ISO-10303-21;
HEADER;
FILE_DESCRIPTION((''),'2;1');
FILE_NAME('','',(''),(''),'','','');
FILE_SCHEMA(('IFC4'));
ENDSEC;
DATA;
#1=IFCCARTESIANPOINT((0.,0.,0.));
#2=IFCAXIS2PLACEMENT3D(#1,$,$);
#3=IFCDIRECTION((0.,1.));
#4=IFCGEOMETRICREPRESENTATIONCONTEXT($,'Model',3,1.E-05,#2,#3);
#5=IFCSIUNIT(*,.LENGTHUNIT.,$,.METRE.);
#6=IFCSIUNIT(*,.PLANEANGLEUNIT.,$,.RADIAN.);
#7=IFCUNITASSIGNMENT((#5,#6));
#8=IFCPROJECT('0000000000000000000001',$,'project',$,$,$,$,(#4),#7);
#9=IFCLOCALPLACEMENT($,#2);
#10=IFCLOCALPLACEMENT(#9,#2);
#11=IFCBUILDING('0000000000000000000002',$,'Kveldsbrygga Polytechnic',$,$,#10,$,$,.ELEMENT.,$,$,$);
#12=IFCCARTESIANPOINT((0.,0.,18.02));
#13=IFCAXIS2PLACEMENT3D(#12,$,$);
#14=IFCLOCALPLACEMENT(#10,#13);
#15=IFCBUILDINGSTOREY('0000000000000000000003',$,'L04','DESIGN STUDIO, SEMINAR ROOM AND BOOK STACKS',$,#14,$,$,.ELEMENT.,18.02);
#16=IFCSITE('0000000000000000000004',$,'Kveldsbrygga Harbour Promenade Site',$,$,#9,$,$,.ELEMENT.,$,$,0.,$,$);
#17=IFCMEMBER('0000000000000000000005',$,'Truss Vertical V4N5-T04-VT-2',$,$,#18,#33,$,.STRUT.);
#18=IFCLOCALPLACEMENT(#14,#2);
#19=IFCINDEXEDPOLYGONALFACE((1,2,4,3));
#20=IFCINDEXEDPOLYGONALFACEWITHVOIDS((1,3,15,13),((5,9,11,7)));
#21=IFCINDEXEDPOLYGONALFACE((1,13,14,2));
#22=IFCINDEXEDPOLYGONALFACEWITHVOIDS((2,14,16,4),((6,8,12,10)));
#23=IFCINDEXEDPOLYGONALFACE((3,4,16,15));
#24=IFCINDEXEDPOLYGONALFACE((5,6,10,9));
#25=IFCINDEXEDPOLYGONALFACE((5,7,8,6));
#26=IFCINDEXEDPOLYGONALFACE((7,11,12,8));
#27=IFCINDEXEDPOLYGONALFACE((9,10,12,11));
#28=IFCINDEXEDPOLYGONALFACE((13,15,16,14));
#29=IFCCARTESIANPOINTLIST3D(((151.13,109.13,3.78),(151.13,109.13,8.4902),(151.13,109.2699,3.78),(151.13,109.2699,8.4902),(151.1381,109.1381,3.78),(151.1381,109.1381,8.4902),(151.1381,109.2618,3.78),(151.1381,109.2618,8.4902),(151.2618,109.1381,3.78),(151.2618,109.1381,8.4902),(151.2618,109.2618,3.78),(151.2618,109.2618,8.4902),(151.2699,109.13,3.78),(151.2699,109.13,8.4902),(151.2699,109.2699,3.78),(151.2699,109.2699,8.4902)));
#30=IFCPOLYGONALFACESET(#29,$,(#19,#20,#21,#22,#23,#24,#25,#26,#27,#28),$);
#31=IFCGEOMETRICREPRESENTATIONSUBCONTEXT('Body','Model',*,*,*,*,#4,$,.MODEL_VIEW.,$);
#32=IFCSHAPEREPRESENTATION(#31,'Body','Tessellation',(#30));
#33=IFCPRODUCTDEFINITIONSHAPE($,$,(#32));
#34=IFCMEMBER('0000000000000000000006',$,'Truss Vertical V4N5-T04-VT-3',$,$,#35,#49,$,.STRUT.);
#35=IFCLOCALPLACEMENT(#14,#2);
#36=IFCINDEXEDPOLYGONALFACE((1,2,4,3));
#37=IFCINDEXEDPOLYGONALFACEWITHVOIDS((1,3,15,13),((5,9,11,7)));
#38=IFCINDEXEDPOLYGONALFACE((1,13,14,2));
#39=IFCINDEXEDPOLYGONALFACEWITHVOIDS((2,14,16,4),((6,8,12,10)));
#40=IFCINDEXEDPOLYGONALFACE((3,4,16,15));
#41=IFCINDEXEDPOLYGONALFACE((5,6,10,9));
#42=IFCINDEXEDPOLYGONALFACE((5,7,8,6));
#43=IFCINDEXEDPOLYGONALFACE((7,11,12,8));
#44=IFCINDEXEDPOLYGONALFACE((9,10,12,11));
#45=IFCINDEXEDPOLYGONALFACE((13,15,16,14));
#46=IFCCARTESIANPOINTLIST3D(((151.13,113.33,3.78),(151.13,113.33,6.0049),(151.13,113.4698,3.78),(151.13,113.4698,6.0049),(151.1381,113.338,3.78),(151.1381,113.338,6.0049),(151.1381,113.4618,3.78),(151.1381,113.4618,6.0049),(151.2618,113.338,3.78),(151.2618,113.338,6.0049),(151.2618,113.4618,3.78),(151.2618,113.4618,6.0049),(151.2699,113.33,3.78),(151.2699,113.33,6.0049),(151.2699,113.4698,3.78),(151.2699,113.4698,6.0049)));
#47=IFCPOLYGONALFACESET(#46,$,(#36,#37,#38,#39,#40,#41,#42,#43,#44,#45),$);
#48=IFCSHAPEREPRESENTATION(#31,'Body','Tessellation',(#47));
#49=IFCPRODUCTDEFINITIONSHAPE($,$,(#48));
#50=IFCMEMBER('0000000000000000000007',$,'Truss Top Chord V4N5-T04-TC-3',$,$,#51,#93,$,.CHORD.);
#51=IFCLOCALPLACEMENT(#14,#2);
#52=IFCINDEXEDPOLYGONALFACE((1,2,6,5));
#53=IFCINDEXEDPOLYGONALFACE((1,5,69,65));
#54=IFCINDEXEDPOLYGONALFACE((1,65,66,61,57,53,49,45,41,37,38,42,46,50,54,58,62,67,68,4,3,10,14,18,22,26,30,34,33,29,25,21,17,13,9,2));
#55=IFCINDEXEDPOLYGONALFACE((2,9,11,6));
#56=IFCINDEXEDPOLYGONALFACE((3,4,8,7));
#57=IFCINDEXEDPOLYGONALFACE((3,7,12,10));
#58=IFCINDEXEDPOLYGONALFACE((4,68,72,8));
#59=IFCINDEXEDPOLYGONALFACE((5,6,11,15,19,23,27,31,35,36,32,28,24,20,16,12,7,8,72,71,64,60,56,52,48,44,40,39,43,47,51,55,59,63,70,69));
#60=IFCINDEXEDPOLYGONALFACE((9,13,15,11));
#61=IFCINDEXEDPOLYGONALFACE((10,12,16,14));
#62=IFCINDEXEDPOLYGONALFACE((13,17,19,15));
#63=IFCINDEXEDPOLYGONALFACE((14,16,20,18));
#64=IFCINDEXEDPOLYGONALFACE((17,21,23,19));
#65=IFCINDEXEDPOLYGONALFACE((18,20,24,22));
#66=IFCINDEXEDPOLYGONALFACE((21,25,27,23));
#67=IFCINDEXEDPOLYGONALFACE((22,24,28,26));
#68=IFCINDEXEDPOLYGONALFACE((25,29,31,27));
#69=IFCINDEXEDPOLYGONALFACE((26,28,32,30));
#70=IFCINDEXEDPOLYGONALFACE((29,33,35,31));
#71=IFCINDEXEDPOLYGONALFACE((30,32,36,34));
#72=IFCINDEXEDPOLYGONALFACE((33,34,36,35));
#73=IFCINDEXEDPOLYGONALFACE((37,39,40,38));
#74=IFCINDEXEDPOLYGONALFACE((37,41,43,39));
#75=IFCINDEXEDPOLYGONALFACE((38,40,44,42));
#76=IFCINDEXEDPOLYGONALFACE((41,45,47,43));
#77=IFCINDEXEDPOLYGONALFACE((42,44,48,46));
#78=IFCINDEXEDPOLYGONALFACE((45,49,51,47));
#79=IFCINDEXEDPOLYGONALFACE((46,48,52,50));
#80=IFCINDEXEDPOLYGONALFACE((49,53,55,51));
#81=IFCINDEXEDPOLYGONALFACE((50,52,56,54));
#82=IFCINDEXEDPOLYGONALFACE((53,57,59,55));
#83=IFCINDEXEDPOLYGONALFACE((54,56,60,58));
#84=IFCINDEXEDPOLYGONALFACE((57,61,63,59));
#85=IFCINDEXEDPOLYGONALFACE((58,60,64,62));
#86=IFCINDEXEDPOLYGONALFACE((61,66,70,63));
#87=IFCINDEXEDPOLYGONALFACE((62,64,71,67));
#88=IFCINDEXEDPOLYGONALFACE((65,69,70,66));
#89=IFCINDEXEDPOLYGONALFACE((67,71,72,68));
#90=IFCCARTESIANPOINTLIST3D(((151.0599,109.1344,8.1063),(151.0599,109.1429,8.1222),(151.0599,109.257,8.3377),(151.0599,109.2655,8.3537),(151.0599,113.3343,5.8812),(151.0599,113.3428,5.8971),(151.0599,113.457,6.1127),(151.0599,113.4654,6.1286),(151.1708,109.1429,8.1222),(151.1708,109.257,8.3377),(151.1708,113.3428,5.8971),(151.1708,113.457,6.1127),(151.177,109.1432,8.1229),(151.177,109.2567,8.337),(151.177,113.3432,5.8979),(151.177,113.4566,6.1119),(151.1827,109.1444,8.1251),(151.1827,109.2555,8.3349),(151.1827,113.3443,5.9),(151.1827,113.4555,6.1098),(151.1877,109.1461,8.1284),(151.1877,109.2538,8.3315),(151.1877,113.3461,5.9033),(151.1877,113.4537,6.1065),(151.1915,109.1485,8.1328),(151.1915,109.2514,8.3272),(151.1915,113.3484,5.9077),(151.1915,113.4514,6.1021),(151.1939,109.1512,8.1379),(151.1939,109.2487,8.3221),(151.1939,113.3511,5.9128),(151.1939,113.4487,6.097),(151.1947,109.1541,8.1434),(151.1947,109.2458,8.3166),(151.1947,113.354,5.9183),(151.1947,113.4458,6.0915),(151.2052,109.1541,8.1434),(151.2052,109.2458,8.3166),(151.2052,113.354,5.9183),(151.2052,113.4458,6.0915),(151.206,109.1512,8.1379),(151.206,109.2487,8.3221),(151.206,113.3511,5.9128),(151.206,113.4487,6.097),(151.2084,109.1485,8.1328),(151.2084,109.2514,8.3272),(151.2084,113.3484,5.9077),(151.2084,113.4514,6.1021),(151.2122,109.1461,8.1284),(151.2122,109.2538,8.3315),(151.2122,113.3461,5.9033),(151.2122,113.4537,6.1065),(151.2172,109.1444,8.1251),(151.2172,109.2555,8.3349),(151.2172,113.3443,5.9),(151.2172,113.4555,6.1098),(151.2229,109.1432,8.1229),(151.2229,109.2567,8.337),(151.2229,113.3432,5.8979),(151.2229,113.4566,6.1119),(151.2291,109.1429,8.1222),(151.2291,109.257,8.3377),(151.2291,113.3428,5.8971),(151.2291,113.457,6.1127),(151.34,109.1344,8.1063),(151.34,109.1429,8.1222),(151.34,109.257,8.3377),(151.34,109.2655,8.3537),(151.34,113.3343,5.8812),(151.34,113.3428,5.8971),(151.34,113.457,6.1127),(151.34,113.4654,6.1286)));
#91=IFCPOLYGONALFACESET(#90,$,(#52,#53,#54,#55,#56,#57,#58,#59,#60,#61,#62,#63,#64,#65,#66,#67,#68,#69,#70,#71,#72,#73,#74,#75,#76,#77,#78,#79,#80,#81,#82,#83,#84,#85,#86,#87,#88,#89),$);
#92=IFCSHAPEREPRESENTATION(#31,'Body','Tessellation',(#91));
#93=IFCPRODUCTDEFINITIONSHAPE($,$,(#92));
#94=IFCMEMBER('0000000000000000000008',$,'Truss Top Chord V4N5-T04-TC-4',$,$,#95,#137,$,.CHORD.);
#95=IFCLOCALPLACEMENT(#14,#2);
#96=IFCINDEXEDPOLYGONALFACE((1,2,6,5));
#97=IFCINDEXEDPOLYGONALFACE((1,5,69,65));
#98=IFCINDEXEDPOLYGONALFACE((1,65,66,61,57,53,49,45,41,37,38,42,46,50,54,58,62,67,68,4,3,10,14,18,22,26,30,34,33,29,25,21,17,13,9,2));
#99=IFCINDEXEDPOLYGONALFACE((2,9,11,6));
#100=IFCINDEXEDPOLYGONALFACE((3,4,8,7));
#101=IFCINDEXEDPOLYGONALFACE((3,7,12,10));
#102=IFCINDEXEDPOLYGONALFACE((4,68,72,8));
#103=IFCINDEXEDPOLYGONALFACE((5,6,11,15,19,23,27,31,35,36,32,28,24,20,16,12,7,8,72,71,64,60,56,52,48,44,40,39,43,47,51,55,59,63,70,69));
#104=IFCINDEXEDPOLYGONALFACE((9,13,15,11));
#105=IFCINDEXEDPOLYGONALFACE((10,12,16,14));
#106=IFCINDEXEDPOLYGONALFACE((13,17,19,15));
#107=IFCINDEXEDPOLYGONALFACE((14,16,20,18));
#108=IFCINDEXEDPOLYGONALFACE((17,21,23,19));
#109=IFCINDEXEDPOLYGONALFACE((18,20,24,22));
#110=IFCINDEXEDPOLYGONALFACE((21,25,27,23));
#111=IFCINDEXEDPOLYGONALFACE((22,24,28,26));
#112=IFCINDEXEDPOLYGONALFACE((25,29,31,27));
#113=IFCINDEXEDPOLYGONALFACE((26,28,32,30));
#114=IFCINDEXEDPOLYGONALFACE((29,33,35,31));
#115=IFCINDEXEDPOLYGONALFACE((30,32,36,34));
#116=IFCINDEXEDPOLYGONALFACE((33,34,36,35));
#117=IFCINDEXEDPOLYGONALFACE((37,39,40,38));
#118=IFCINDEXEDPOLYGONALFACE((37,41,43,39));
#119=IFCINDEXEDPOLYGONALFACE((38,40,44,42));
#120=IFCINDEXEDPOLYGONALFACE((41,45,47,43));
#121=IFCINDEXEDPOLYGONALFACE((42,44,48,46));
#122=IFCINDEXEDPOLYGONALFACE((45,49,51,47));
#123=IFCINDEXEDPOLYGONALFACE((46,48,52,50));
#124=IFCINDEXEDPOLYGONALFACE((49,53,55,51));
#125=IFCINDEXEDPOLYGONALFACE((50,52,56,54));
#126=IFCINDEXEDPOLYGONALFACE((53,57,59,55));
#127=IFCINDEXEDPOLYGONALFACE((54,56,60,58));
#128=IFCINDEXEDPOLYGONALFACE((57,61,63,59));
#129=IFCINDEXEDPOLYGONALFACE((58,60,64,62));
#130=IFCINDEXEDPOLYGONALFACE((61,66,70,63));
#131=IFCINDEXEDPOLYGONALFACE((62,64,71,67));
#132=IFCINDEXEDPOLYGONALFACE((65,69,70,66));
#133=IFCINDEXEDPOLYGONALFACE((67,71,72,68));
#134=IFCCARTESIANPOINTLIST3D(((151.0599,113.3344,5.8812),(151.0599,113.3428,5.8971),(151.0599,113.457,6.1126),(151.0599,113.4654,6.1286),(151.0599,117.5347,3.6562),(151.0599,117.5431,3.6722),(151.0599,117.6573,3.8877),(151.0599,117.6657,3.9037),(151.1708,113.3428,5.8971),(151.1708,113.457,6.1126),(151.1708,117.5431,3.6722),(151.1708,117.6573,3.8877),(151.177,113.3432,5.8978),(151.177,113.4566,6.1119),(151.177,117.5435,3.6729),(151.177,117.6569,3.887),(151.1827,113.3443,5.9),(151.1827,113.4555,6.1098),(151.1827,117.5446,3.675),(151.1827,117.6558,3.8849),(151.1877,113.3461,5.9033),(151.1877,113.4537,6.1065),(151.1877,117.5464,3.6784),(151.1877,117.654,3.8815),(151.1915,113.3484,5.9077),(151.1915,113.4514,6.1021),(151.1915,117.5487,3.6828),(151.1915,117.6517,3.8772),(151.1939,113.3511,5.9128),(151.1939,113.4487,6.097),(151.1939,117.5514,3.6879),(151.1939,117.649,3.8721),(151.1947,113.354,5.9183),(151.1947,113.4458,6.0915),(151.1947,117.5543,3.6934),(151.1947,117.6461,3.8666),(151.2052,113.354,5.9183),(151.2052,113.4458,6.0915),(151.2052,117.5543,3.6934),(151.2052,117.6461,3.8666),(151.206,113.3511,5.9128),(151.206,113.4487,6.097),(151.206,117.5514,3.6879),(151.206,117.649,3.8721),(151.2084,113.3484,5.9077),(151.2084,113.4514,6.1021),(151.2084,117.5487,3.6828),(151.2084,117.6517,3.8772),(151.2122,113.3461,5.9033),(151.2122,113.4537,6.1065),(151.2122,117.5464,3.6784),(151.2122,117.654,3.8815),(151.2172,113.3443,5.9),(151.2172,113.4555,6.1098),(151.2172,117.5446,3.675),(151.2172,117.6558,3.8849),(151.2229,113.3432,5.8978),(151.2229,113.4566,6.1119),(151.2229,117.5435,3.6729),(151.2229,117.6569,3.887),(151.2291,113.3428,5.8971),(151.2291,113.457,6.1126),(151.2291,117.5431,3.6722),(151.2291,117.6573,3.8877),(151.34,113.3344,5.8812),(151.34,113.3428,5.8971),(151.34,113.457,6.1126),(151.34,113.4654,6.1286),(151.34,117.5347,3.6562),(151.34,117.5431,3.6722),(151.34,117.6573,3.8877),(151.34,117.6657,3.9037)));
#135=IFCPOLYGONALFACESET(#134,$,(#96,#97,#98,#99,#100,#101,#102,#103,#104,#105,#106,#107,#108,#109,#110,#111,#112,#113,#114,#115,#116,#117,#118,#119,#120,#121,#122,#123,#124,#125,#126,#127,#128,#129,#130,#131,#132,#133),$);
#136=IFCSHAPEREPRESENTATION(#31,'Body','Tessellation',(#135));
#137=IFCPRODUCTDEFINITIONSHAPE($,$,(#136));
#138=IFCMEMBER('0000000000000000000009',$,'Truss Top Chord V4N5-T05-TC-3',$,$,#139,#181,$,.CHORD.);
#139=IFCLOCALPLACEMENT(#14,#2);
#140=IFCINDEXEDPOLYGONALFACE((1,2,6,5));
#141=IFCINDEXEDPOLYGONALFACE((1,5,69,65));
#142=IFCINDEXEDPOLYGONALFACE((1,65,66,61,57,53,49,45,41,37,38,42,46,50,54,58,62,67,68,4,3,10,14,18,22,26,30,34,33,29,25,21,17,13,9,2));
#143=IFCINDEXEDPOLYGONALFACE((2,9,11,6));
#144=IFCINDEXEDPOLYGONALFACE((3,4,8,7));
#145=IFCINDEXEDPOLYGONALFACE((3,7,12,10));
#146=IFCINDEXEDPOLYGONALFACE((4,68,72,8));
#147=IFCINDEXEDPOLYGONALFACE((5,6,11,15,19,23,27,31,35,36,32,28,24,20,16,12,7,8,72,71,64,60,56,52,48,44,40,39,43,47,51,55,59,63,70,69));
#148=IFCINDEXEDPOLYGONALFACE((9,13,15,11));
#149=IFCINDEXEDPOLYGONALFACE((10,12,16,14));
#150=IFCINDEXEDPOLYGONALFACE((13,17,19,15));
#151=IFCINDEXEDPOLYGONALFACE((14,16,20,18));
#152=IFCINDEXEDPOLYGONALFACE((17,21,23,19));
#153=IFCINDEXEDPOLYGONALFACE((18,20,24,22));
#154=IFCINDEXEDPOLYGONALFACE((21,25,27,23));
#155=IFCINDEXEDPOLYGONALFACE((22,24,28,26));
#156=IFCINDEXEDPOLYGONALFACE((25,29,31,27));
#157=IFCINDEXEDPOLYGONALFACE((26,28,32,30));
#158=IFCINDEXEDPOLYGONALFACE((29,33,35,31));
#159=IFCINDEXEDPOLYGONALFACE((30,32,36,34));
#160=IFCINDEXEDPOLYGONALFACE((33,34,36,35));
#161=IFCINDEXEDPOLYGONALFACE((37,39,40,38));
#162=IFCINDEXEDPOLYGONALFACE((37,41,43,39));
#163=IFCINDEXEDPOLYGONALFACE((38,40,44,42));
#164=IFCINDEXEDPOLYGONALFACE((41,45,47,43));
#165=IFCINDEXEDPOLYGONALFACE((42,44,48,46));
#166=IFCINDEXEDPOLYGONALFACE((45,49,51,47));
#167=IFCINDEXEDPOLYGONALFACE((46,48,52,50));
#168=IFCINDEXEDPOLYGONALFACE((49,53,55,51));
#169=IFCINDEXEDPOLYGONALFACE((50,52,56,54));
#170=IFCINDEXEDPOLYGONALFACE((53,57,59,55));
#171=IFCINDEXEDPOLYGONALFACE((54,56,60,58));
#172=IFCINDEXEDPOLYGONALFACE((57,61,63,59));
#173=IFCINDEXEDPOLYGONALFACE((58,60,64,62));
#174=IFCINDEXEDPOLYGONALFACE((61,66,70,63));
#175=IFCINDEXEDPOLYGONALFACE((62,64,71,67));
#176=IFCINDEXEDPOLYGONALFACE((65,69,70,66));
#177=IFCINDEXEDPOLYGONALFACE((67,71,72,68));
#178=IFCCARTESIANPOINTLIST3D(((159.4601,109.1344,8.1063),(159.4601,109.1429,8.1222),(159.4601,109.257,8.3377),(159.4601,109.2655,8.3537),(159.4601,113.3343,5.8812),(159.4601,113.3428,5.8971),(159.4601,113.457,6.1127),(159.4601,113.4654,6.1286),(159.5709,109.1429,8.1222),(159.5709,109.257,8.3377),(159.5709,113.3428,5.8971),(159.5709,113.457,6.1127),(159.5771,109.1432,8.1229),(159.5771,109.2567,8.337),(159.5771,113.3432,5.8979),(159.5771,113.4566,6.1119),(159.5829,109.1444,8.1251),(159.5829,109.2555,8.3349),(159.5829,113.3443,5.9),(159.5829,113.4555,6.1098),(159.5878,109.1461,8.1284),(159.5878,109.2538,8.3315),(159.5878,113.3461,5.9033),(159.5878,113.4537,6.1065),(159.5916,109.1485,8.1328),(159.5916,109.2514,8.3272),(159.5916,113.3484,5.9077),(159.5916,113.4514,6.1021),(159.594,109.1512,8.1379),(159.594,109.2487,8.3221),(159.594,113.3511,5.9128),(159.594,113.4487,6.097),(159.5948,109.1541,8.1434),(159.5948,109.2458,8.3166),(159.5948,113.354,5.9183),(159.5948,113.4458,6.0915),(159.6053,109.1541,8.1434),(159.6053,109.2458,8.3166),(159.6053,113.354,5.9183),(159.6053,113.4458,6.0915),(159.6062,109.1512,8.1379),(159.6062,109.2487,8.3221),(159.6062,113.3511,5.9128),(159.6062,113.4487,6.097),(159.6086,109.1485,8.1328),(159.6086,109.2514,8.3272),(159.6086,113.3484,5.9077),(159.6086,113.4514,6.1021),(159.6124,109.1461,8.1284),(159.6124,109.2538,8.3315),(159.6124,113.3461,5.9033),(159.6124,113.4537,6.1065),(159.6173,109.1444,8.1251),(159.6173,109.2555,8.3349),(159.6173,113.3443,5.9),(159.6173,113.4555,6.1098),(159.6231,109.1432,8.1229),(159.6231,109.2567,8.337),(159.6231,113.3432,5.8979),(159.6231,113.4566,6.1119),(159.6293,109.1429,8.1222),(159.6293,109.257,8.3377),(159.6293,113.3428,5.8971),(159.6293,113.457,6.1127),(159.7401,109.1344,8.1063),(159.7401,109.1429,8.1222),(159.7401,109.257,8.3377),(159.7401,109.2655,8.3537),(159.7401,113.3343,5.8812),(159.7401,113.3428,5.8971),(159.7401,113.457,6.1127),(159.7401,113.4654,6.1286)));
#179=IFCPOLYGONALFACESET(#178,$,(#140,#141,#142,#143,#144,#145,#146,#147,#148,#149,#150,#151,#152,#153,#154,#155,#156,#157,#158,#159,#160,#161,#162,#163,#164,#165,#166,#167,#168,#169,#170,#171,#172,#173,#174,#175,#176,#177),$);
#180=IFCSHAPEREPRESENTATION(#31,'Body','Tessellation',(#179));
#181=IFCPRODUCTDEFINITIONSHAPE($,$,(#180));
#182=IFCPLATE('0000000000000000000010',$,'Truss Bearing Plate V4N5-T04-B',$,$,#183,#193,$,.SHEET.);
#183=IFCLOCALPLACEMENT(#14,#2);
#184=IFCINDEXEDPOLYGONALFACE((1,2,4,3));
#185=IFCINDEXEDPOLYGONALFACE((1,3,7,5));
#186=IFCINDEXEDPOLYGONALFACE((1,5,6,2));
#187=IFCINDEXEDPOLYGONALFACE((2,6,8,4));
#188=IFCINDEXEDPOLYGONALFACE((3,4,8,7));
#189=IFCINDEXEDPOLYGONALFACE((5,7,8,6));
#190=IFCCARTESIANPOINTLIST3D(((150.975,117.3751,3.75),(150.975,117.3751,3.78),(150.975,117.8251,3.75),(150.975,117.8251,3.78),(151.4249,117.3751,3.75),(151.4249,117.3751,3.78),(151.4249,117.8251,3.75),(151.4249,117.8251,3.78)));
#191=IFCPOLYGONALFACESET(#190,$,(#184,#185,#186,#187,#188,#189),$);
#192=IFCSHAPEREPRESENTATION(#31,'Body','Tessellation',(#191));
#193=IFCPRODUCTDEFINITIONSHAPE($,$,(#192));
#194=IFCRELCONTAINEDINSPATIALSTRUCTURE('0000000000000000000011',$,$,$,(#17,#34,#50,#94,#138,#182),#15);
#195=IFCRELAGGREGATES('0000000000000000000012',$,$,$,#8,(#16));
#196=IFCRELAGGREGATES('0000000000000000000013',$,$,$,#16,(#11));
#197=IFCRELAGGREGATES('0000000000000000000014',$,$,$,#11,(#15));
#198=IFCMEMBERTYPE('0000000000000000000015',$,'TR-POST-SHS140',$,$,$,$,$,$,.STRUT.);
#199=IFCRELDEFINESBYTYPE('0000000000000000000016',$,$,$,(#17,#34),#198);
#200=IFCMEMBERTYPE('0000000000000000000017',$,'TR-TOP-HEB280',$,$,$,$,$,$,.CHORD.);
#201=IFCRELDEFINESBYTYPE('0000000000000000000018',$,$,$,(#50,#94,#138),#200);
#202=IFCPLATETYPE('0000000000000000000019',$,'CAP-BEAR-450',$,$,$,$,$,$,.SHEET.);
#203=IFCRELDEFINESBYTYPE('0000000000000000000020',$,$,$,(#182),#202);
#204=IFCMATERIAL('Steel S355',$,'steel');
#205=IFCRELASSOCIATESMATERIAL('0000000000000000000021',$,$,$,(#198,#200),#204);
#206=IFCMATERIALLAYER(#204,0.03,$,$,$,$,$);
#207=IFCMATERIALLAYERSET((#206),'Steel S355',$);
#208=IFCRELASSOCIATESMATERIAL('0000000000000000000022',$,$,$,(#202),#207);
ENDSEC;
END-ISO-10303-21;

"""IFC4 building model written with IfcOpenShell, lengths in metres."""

from ifc_helpers import new_model, si_unit, direction, frame, origin, origin_2d, place, context, subcontext, project, spatial, rectangle, hollow_rectangle, i_section, extrude, material, layer, layer_set, material_profile, profile_set, type_object, element, save


model = new_model("IFC4")

# Units and contexts
model_context = context("Model", 3, precision=1e-05, world=origin(), true_north=direction((0.0, 1.0)))
body_context = subcontext(model_context, "Body", "Model", "MODEL_VIEW")
ifc_project = project(units=[si_unit("LENGTHUNIT", "METRE"), si_unit("PLANEANGLEUNIT", "RADIAN")], contexts=[model_context])

# Site, building, storey
site_placement = place(None, origin())
site = spatial("IfcSite", under=ifc_project, at=site_placement, Name="Kveldsbrygga Harbour Promenade Site", CompositionType="ELEMENT", RefElevation=0.0)
building_placement = place(site_placement, origin())
building = spatial("IfcBuilding", under=site, at=building_placement, Name="Kveldsbrygga Polytechnic", CompositionType="ELEMENT")
storey_placement = place(building_placement, frame((0.0, 0.0, 18.02)))
storey = spatial("IfcBuildingStorey", under=building, at=storey_placement, Name="L04", Description="DESIGN STUDIO, SEMINAR ROOM AND BOOK STACKS", CompositionType="ELEMENT", Elevation=18.02)

# Shared definitions
ifc_material_1 = material(Name="Steel S355", Category="steel")

# Members
ifc_material_profile_1 = material_profile(ifc_material_1, hollow_rectangle(XDim=0.1399, YDim=0.1399, WallThickness=0.0081, at=origin_2d()), Name="SHS 140x140x8.0")
ifc_profile_set_1 = profile_set([ifc_material_profile_1], Name="Steel S355")
member_type_1 = type_object("IfcMemberType", Name="TR-POST-SHS140", PredefinedType="STRUT", material=ifc_profile_set_1)
member_1_placement = place(storey_placement, frame((151.2, 109.2, 3.78), z_axis=(0.0, 0.0, 1.0), x_axis=(1.0, 0.0, 0.0)))
element("IfcMember", 1, at=member_1_placement, inside=storey, type_object=member_type_1, Name="Truss Vertical V4N5-T04-VT-2", PredefinedType="STRUT", context=body_context, shape_type="SweptSolid", body=[
    extrude(hollow_rectangle(XDim=0.1399, YDim=0.1399, WallThickness=0.0081, at=origin_2d()), origin(), (0.0, 0.0, 1.0), 4.7102),
])
member_2_placement = place(storey_placement, frame((151.2, 113.3999, 3.78), z_axis=(0.0, 0.0, 1.0), x_axis=(1.0, 0.0, 0.0)))
element("IfcMember", 2, at=member_2_placement, inside=storey, type_object=member_type_1, Name="Truss Vertical V4N5-T04-VT-3", PredefinedType="STRUT", context=body_context, shape_type="SweptSolid", body=[
    extrude(hollow_rectangle(XDim=0.1399, YDim=0.1399, WallThickness=0.0081, at=origin_2d()), origin(), (0.0, 0.0, 1.0), 2.2249),
])
ifc_material_profile_2 = material_profile(ifc_material_1, i_section(OverallWidth=0.28, OverallDepth=0.28, WebThickness=0.0105, FlangeThickness=0.0181, FilletRadius=0.0239, at=origin_2d()), Name="HEB 280")
ifc_profile_set_2 = profile_set([ifc_material_profile_2], Name="Steel S355")
member_type_2 = type_object("IfcMemberType", Name="TR-TOP-HEB280", PredefinedType="CHORD", material=ifc_profile_set_2)
member_3_placement = place(storey_placement, frame((151.2, 109.2, 8.23), z_axis=(0.0, 0.883649, -0.46815), x_axis=(-1.0, 0.0, 0.0)))
element("IfcMember", 3, at=member_3_placement, inside=storey, type_object=member_type_2, Name="Truss Top Chord V4N5-T04-TC-3", PredefinedType="CHORD", context=body_context, shape_type="SweptSolid", body=[
    extrude(i_section(OverallWidth=0.28, OverallDepth=0.28, WebThickness=0.0105, FlangeThickness=0.0181, FilletRadius=0.0239, at=origin_2d()), origin(), (0.0, 0.0, 1.0), 4.7529),
])
member_4_placement = place(storey_placement, frame((151.2, 113.3999, 6.0049), z_axis=(0.0, 0.883682, -0.468088), x_axis=(-1.0, 0.0, 0.0)))
element("IfcMember", 4, at=member_4_placement, inside=storey, type_object=member_type_2, Name="Truss Top Chord V4N5-T04-TC-4", PredefinedType="CHORD", context=body_context, shape_type="SweptSolid", body=[
    extrude(i_section(OverallWidth=0.28, OverallDepth=0.28, WebThickness=0.0105, FlangeThickness=0.0181, FilletRadius=0.0239, at=origin_2d()), origin(), (0.0, 0.0, 1.0), 4.7532),
])
member_5_placement = place(storey_placement, frame((159.6001, 109.2, 8.23), z_axis=(0.0, 0.883649, -0.46815), x_axis=(-1.0, 0.0, 0.0)))
element("IfcMember", 5, at=member_5_placement, inside=storey, type_object=member_type_2, Name="Truss Top Chord V4N5-T05-TC-3", PredefinedType="CHORD", context=body_context, shape_type="SweptSolid", body=[
    extrude(i_section(OverallWidth=0.28, OverallDepth=0.28, WebThickness=0.0105, FlangeThickness=0.0181, FilletRadius=0.0239, at=origin_2d()), origin(), (0.0, 0.0, 1.0), 4.7529),
])

# Plate
ifc_layer_1 = layer(ifc_material_1, 0.03)
ifc_layer_set_1 = layer_set([ifc_layer_1], Name="Steel S355")
plate_type_1 = type_object("IfcPlateType", Name="CAP-BEAR-450", PredefinedType="SHEET", material=ifc_layer_set_1)
plate_1_placement = place(storey_placement, frame((151.2, 117.6001, 3.75), z_axis=(0.0, 0.0, 1.0), x_axis=(1.0, 0.0, 0.0)))
element("IfcPlate", 6, at=plate_1_placement, inside=storey, type_object=plate_type_1, Name="Truss Bearing Plate V4N5-T04-B", PredefinedType="SHEET", context=body_context, shape_type="SweptSolid", body=[
    extrude(rectangle(XDim=0.45, YDim=0.45, at=origin_2d()), origin(), (0.0, 0.0, 1.0), 0.03),
])

save(model, "model.ifc")
